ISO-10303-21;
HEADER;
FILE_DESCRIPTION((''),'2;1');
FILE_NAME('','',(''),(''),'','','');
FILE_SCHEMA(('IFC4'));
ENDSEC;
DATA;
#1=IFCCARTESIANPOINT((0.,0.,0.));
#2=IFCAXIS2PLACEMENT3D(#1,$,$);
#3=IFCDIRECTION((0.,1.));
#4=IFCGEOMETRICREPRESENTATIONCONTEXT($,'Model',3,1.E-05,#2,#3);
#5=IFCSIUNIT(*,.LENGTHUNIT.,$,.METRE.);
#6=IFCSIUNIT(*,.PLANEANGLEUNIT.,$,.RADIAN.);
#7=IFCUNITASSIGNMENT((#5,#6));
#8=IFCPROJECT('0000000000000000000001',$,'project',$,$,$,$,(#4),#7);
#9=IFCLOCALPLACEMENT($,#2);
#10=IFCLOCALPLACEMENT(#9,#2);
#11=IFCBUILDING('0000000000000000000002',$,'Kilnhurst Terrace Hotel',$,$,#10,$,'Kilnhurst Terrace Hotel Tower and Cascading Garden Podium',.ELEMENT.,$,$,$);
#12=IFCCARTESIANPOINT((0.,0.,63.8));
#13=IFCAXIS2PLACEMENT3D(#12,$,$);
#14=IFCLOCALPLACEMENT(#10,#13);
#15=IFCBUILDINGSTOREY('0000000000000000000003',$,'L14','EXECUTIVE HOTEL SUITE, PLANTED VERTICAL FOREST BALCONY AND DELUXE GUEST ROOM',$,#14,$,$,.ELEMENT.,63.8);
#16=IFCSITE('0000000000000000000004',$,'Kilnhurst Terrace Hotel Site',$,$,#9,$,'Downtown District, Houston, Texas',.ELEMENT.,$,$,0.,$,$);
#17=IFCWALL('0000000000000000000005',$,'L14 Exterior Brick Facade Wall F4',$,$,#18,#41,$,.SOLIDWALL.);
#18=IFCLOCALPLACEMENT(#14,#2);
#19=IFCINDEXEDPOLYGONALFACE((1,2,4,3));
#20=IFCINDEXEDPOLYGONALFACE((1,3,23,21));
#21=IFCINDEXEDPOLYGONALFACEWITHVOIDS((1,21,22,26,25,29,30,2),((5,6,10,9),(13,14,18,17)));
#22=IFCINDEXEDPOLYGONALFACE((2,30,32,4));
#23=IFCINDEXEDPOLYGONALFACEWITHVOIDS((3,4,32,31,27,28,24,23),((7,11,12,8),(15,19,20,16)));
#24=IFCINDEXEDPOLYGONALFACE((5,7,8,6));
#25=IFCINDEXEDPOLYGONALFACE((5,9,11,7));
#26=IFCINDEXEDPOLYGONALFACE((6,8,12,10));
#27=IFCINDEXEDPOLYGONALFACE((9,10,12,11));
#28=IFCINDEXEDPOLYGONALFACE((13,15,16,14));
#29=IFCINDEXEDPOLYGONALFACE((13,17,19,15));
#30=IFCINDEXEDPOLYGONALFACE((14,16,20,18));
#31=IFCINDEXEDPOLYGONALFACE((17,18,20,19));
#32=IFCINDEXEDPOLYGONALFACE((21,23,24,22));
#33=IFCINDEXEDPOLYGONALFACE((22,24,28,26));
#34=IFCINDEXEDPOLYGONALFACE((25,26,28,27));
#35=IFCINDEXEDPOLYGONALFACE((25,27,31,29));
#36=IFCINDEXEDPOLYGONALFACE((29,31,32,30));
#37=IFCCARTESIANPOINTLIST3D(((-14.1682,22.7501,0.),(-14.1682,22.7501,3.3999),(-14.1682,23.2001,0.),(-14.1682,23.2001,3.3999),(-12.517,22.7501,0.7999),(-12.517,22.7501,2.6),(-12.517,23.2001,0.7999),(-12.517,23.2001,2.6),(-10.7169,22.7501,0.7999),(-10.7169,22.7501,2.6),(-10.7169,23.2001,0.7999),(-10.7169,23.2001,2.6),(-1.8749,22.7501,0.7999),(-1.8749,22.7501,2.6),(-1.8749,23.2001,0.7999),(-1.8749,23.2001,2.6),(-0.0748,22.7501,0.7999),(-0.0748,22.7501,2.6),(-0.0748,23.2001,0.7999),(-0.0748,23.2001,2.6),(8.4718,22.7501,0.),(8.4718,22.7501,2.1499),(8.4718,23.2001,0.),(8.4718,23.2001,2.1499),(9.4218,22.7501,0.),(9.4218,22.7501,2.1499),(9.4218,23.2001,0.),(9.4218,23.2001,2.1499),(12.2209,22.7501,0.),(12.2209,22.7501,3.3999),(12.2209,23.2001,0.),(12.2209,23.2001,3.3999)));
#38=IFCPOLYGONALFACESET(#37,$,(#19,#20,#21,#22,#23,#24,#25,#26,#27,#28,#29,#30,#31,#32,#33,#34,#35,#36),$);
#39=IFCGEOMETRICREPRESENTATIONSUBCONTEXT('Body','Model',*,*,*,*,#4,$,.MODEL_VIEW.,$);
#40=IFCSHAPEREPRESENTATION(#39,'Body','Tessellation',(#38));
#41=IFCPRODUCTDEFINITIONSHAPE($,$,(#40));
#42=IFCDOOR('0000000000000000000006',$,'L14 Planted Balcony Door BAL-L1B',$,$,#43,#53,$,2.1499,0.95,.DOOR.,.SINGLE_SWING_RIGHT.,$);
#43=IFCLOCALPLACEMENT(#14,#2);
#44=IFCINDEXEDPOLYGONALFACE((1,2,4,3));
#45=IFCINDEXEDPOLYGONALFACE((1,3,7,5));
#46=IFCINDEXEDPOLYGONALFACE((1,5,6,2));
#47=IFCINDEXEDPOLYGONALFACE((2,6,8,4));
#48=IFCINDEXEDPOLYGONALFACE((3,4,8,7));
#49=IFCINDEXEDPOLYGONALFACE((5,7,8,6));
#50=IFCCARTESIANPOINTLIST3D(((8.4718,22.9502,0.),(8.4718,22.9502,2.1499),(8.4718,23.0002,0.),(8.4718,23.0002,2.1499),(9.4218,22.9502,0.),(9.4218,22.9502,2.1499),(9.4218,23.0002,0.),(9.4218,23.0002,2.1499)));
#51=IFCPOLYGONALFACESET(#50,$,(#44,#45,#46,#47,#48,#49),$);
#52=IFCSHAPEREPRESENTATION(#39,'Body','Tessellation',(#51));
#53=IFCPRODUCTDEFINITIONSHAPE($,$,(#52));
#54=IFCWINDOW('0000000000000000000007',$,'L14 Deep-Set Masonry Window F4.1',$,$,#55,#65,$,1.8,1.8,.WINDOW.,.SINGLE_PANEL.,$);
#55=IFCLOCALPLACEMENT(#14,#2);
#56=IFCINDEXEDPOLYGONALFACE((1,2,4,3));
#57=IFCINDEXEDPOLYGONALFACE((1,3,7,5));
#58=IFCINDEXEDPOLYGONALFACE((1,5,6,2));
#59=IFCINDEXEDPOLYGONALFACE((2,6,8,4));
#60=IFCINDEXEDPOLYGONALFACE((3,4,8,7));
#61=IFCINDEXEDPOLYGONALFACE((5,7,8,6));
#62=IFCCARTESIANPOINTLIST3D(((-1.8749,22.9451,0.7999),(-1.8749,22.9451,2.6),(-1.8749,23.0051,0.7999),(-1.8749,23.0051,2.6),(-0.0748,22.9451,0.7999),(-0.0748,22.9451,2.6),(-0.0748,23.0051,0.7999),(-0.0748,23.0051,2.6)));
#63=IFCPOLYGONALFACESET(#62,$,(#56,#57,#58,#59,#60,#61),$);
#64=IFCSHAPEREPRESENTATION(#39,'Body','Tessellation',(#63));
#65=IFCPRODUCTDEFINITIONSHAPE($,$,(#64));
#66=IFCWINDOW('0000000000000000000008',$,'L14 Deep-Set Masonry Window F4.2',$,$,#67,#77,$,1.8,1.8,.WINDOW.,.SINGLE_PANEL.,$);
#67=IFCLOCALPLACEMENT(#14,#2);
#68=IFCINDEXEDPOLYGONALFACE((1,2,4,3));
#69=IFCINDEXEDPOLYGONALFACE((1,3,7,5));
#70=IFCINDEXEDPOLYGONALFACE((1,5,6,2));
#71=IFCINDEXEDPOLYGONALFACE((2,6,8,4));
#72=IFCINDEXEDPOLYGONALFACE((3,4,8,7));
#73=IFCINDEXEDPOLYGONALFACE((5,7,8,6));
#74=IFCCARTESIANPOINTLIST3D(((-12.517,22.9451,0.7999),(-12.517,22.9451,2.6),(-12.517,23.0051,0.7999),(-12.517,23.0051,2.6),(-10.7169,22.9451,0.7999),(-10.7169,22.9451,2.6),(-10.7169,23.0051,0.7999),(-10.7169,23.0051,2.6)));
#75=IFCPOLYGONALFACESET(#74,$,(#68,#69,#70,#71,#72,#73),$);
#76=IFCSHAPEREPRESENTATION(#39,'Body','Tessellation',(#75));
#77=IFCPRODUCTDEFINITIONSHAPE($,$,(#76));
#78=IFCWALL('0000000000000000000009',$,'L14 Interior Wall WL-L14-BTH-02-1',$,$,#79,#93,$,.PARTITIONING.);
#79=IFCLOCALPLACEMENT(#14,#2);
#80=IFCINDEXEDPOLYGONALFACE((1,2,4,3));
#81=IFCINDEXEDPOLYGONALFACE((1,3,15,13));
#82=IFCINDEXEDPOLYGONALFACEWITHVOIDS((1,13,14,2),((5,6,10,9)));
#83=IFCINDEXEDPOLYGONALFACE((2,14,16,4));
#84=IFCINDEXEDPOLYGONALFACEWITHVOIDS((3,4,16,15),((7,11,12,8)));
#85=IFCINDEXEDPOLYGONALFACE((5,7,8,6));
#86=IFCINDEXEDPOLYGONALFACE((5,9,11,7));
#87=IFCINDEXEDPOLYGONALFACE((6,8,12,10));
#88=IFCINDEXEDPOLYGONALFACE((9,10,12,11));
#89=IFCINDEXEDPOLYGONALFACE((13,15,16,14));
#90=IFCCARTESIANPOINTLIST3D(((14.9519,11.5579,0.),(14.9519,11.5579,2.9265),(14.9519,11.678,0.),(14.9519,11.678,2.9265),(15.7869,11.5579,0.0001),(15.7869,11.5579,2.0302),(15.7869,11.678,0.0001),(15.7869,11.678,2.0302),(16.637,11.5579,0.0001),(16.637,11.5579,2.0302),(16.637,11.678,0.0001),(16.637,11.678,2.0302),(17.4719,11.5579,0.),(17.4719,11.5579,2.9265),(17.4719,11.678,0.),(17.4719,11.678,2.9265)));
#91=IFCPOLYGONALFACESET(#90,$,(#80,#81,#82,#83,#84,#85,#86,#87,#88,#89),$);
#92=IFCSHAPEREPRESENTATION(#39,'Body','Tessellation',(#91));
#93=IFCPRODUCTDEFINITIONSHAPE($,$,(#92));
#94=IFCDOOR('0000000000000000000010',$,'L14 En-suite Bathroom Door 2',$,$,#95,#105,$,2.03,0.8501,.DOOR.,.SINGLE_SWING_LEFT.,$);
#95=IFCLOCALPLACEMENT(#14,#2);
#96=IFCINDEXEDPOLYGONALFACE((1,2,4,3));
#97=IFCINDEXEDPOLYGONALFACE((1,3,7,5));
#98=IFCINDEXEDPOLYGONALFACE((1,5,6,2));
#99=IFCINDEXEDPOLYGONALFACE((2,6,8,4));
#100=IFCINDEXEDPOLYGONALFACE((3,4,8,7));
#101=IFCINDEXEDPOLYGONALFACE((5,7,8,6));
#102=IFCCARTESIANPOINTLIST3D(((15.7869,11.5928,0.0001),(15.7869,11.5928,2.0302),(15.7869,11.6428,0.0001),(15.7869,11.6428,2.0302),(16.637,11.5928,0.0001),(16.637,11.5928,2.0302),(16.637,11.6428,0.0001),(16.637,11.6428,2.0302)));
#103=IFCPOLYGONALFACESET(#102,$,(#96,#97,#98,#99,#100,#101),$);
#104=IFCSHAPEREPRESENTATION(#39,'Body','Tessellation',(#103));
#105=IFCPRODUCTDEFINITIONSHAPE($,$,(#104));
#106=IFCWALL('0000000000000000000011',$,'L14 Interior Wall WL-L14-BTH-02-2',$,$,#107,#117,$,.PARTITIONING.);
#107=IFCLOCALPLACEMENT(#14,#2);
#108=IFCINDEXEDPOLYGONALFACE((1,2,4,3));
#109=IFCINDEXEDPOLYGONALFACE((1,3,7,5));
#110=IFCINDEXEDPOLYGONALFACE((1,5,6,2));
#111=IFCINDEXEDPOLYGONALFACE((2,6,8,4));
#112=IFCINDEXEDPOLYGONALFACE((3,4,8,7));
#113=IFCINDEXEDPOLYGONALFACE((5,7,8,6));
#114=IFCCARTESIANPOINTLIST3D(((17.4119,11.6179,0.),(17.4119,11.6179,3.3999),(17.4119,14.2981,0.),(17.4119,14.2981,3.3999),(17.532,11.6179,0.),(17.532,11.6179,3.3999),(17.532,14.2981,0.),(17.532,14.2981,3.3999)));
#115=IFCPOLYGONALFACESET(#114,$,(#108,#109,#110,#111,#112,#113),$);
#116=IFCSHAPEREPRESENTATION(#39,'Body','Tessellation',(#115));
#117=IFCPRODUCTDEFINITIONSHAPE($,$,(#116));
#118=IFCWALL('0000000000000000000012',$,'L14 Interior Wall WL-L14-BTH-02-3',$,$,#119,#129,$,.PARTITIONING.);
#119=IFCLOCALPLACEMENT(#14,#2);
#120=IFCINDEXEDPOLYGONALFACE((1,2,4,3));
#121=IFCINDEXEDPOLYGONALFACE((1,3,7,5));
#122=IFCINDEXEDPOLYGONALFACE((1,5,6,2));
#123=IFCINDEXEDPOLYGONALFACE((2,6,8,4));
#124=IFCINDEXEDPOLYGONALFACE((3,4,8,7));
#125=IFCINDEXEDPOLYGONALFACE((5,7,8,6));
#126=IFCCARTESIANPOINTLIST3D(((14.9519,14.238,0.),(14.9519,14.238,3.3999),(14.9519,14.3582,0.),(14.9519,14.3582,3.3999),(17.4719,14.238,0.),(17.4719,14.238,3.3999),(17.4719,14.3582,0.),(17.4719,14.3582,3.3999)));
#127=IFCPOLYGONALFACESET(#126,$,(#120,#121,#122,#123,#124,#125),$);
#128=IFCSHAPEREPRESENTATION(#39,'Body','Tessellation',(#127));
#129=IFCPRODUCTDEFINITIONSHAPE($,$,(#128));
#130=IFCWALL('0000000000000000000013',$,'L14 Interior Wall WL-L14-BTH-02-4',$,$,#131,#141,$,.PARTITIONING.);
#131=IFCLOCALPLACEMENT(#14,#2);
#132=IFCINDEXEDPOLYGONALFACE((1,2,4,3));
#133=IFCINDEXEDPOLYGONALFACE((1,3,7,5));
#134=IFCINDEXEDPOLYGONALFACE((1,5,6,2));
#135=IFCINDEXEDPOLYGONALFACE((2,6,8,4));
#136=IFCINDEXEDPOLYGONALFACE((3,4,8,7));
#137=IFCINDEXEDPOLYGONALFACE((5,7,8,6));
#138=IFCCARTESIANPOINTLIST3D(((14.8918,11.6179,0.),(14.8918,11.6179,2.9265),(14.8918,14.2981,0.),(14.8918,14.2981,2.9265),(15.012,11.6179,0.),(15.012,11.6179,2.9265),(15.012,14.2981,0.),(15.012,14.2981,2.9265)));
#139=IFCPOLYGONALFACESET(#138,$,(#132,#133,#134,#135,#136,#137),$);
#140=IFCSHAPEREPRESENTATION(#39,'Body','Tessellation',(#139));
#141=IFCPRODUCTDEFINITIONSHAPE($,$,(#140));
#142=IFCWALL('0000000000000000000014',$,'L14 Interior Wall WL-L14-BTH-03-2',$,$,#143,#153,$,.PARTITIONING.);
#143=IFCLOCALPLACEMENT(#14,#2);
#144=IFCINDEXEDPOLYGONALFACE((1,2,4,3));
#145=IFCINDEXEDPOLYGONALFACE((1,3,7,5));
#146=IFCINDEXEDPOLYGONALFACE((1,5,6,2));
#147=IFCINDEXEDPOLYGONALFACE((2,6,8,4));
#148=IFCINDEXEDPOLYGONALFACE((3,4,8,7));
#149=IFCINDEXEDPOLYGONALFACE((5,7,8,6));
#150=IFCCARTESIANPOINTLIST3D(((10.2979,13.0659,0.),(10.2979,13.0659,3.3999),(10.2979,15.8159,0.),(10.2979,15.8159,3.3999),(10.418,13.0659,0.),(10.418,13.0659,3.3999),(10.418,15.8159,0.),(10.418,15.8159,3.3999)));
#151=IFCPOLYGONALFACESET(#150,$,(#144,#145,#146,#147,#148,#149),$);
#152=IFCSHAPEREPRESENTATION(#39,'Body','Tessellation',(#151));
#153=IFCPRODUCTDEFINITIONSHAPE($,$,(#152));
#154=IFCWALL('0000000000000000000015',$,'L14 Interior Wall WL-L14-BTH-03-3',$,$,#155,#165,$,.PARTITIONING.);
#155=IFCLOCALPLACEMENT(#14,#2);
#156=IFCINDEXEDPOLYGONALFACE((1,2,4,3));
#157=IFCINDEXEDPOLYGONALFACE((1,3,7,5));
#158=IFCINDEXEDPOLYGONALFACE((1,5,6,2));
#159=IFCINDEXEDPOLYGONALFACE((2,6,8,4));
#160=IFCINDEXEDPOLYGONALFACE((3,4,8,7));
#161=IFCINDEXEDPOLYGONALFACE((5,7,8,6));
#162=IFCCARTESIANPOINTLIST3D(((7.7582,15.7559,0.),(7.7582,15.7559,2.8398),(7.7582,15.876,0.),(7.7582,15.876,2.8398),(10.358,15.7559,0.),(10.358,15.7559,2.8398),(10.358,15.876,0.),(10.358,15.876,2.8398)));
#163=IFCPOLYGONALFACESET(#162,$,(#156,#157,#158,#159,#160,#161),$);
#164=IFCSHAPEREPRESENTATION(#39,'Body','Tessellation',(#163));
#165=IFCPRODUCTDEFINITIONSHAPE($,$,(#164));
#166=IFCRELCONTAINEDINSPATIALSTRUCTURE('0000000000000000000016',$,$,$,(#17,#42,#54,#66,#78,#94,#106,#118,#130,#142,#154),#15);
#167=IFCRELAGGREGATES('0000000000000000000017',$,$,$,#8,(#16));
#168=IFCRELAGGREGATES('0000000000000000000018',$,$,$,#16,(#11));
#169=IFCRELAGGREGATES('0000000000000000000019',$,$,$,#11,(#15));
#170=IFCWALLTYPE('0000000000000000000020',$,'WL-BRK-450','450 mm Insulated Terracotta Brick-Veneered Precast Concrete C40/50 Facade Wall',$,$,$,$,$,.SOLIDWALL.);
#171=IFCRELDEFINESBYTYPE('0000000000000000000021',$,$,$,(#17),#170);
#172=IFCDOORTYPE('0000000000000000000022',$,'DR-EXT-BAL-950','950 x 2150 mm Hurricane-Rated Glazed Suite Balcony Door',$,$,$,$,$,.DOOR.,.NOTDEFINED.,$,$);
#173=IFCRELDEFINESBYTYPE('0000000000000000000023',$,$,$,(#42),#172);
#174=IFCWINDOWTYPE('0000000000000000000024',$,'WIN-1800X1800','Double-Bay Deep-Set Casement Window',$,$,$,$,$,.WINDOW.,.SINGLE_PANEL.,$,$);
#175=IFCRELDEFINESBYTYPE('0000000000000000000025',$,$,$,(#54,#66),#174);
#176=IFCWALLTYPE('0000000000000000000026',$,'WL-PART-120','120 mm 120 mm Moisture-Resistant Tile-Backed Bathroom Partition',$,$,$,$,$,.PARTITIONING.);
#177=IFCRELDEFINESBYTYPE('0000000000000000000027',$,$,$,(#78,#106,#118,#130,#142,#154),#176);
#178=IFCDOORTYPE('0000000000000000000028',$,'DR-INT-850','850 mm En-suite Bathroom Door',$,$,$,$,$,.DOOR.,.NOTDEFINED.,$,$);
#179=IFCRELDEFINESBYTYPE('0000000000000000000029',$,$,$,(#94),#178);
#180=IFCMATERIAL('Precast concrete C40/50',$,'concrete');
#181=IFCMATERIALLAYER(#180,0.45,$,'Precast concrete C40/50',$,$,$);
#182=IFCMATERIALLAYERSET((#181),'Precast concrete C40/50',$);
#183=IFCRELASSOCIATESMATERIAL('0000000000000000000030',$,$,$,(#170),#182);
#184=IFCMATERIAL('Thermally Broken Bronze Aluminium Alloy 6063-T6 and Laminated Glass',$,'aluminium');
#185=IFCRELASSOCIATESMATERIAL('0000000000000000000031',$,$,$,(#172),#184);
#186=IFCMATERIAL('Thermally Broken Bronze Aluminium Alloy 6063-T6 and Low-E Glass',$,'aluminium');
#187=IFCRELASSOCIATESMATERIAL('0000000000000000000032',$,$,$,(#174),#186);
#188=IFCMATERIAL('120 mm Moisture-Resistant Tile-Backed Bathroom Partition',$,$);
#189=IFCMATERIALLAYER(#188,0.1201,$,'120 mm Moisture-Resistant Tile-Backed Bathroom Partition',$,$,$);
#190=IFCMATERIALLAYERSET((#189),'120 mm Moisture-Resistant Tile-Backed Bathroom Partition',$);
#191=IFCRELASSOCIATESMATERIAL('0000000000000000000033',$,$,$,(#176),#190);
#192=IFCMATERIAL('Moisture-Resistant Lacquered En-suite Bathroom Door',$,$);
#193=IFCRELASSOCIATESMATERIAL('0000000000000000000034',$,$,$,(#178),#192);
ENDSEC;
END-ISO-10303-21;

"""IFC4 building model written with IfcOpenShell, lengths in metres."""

from ifc_helpers import new_model, si_unit, direction, frame, frame_2d, origin, place, context, subcontext, project, spatial, rectangle, extrude, material, layer, layer_set, type_object, element, fill, save


model = new_model("IFC4")

# Units and contexts
model_context = context("Model", 3, precision=1e-05, world=origin(), true_north=direction((0.0, 1.0)))
body_context = subcontext(model_context, "Body", "Model", "MODEL_VIEW")
ifc_project = project(units=[si_unit("LENGTHUNIT", "METRE"), si_unit("PLANEANGLEUNIT", "RADIAN")], contexts=[model_context])

# Site, building, storey
site_placement = place(None, origin())
site = spatial("IfcSite", under=ifc_project, at=site_placement, Name="Kilnhurst Terrace Hotel Site", LongName="Downtown District, Houston, Texas", CompositionType="ELEMENT", RefElevation=0.0)
building_placement = place(site_placement, origin())
building = spatial("IfcBuilding", under=site, at=building_placement, Name="Kilnhurst Terrace Hotel", LongName="Kilnhurst Terrace Hotel Tower and Cascading Garden Podium", CompositionType="ELEMENT")
storey_placement = place(building_placement, frame((0.0, 0.0, 63.8)))
storey = spatial("IfcBuildingStorey", under=building, at=storey_placement, Name="L14", Description="EXECUTIVE HOTEL SUITE, PLANTED VERTICAL FOREST BALCONY AND DELUXE GUEST ROOM", CompositionType="ELEMENT", Elevation=63.8)

# Shared definitions
ifc_material_1 = material(Name="Precast concrete C40/50", Category="concrete")
ifc_layer_1 = layer(ifc_material_1, 0.45, Name="Precast concrete C40/50")
ifc_layer_set_1 = layer_set([ifc_layer_1], Name="Precast concrete C40/50")
wall_type_1 = type_object("IfcWallType", Name="WL-BRK-450", Description="450 mm Insulated Terracotta Brick-Veneered Precast Concrete C40/50 Facade Wall", PredefinedType="SOLIDWALL", material=ifc_layer_set_1)

# Wall, openings, door, windows
wall_1_placement = place(storey_placement, frame((12.2209, 22.9751, 0.0), z_axis=(0.0, 0.0, 1.0), x_axis=(-1.0, 0.0, 0.0)))
wall_1 = element("IfcWall", 1, at=wall_1_placement, inside=storey, type_object=wall_type_1, Name="L14 Exterior Brick Facade Wall F4", PredefinedType="SOLIDWALL", context=body_context, shape_type="SweptSolid", body=[
    extrude(rectangle(XDim=26.3892, YDim=0.45, at=frame_2d((13.1946, 0.0))), origin(), (0.0, 0.0, 1.0), 3.3999),
])
opening_1_placement = place(wall_1_placement, frame((2.7991, 0.0, 0.0)))
opening_1 = element("IfcOpeningElement", 2, at=opening_1_placement, cuts=wall_1, PredefinedType="OPENING", context=body_context, shape_type="SweptSolid", body=[
    extrude(rectangle(XDim=0.95, YDim=2.1499, at=frame_2d((0.4751, 1.075))), frame((0.0, 0.2349, 0.0), z_axis=(0.0, -1.0, 0.0), x_axis=(1.0, 0.0, 0.0)), (0.0, 0.0, 1.0), 0.47),
])
opening_2_placement = place(wall_1_placement, frame((12.2959, 0.0, 0.8)))
opening_2 = element("IfcOpeningElement", 3, at=opening_2_placement, cuts=wall_1, PredefinedType="OPENING", context=body_context, shape_type="SweptSolid", body=[
    extrude(rectangle(XDim=1.8, YDim=1.8, at=frame_2d((0.8999, 0.8999))), frame((0.0, 0.2349, 0.0), z_axis=(0.0, -1.0, 0.0), x_axis=(1.0, 0.0, 0.0)), (0.0, 0.0, 1.0), 0.47),
])
opening_3_placement = place(wall_1_placement, frame((22.938, 0.0, 0.8)))
opening_3 = element("IfcOpeningElement", 4, at=opening_3_placement, cuts=wall_1, PredefinedType="OPENING", context=body_context, shape_type="SweptSolid", body=[
    extrude(rectangle(XDim=1.8, YDim=1.8, at=frame_2d((0.8999, 0.8999))), frame((0.0, 0.2349, 0.0), z_axis=(0.0, -1.0, 0.0), x_axis=(1.0, 0.0, 0.0)), (0.0, 0.0, 1.0), 0.47),
])
ifc_material_2 = material(Name="Thermally Broken Bronze Aluminium Alloy 6063-T6 and Laminated Glass", Category="aluminium")
door_type_1 = type_object("IfcDoorType", Name="DR-EXT-BAL-950", Description="950 x 2150 mm Hurricane-Rated Glazed Suite Balcony Door", OperationType="NOTDEFINED", PredefinedType="DOOR", material=ifc_material_2)
door_1_placement = place(opening_1_placement, origin())
door_1 = element("IfcDoor", 5, at=door_1_placement, inside=storey, type_object=door_type_1, Name="L14 Planted Balcony Door BAL-L1B", OperationType="SINGLE_SWING_RIGHT", OverallHeight=2.1499, OverallWidth=0.95, PredefinedType="DOOR", context=body_context, shape_type="SweptSolid", body=[
    extrude(rectangle(XDim=0.95, YDim=2.1499, at=frame_2d((0.4751, 1.075))), frame((0.0, 0.0249, 0.0), z_axis=(0.0, -1.0, 0.0), x_axis=(1.0, 0.0, 0.0)), (0.0, 0.0, 1.0), 0.05),
])
fill(opening_1, door_1)
ifc_material_3 = material(Name="Thermally Broken Bronze Aluminium Alloy 6063-T6 and Low-E Glass", Category="aluminium")
window_type = type_object("IfcWindowType", Name="WIN-1800X1800", Description="Double-Bay Deep-Set Casement Window", PartitioningType="SINGLE_PANEL", PredefinedType="WINDOW", material=ifc_material_3)
window_1_placement = place(opening_2_placement, origin())
window_1 = element("IfcWindow", 6, at=window_1_placement, inside=storey, type_object=window_type, Name="L14 Deep-Set Masonry Window F4.1", OverallHeight=1.8, OverallWidth=1.8, PartitioningType="SINGLE_PANEL", PredefinedType="WINDOW", context=body_context, shape_type="SweptSolid", body=[
    extrude(rectangle(XDim=1.8, YDim=1.8, at=frame_2d((0.8999, 0.8999))), frame((0.0, 0.03, 0.0), z_axis=(0.0, -1.0, 0.0), x_axis=(1.0, 0.0, 0.0)), (0.0, 0.0, 1.0), 0.0601),
])
fill(opening_2, window_1)
window_2_placement = place(opening_3_placement, origin())
window_2 = element("IfcWindow", 7, at=window_2_placement, inside=storey, type_object=window_type, Name="L14 Deep-Set Masonry Window F4.2", OverallHeight=1.8, OverallWidth=1.8, PartitioningType="SINGLE_PANEL", PredefinedType="WINDOW", context=body_context, shape_type="SweptSolid", body=[
    extrude(rectangle(XDim=1.8, YDim=1.8, at=frame_2d((0.8999, 0.8999))), frame((0.0, 0.03, 0.0), z_axis=(0.0, -1.0, 0.0), x_axis=(1.0, 0.0, 0.0)), (0.0, 0.0, 1.0), 0.0601),
])
fill(opening_3, window_2)

# Wall, opening, door
ifc_material_4 = material(Name="120 mm Moisture-Resistant Tile-Backed Bathroom Partition")
ifc_layer_2 = layer(ifc_material_4, 0.1201, Name="120 mm Moisture-Resistant Tile-Backed Bathroom Partition")
ifc_layer_set_2 = layer_set([ifc_layer_2], Name="120 mm Moisture-Resistant Tile-Backed Bathroom Partition")
wall_type_2 = type_object("IfcWallType", Name="WL-PART-120", Description="120 mm 120 mm Moisture-Resistant Tile-Backed Bathroom Partition", PredefinedType="PARTITIONING", material=ifc_layer_set_2)
wall_2_placement = place(storey_placement, frame((14.9519, 11.6179, 0.0), z_axis=(0.0, 0.0, 1.0), x_axis=(1.0, 0.0, 0.0)))
wall_2 = element("IfcWall", 8, at=wall_2_placement, inside=storey, type_object=wall_type_2, Name="L14 Interior Wall WL-L14-BTH-02-1", PredefinedType="PARTITIONING", context=body_context, shape_type="SweptSolid", body=[
    extrude(rectangle(XDim=2.52, YDim=0.1201, at=frame_2d((1.26, 0.0))), origin(), (0.0, 0.0, 1.0), 2.9265),
])
opening_4_placement = place(wall_2_placement, frame((0.835, 0.0, 0.0)))
opening_4 = element("IfcOpeningElement", 9, at=opening_4_placement, cuts=wall_2, PredefinedType="OPENING", context=body_context, shape_type="SweptSolid", body=[
    extrude(rectangle(XDim=0.8501, YDim=2.03, at=frame_2d((0.425, 1.0151))), frame((0.0, 0.0701, 0.0), z_axis=(0.0, -1.0, 0.0), x_axis=(1.0, 0.0, 0.0)), (0.0, 0.0, 1.0), 0.1401),
])
ifc_material_5 = material(Name="Moisture-Resistant Lacquered En-suite Bathroom Door")
door_type_2 = type_object("IfcDoorType", Name="DR-INT-850", Description="850 mm En-suite Bathroom Door", OperationType="NOTDEFINED", PredefinedType="DOOR", material=ifc_material_5)
door_2_placement = place(opening_4_placement, origin())
door_2 = element("IfcDoor", 10, at=door_2_placement, inside=storey, type_object=door_type_2, Name="L14 En-suite Bathroom Door 2", OperationType="SINGLE_SWING_LEFT", OverallHeight=2.03, OverallWidth=0.8501, PredefinedType="DOOR", context=body_context, shape_type="SweptSolid", body=[
    extrude(rectangle(XDim=0.8501, YDim=2.03, at=frame_2d((0.425, 1.0151))), frame((0.0, 0.0249, 0.0), z_axis=(0.0, -1.0, 0.0), x_axis=(1.0, 0.0, 0.0)), (0.0, 0.0, 1.0), 0.05),
])
fill(opening_4, door_2)

# Walls
wall_3_placement = place(storey_placement, frame((17.4719, 11.6179, 0.0), z_axis=(0.0, 0.0, 1.0), x_axis=(0.0, 1.0, 0.0)))
element("IfcWall", 11, at=wall_3_placement, inside=storey, type_object=wall_type_2, Name="L14 Interior Wall WL-L14-BTH-02-2", PredefinedType="PARTITIONING", context=body_context, shape_type="SweptSolid", body=[
    extrude(rectangle(XDim=2.6802, YDim=0.1201, at=frame_2d((1.3401, 0.0))), origin(), (0.0, 0.0, 1.0), 3.3999),
])
wall_4_placement = place(storey_placement, frame((17.4719, 14.2981, 0.0), z_axis=(0.0, 0.0, 1.0), x_axis=(-1.0, 0.0, 0.0)))
element("IfcWall", 12, at=wall_4_placement, inside=storey, type_object=wall_type_2, Name="L14 Interior Wall WL-L14-BTH-02-3", PredefinedType="PARTITIONING", context=body_context, shape_type="SweptSolid", body=[
    extrude(rectangle(XDim=2.52, YDim=0.1201, at=frame_2d((1.26, 0.0))), origin(), (0.0, 0.0, 1.0), 3.3999),
])
wall_5_placement = place(storey_placement, frame((14.9519, 14.2981, 0.0), z_axis=(0.0, 0.0, 1.0), x_axis=(0.0, -1.0, 0.0)))
element("IfcWall", 13, at=wall_5_placement, inside=storey, type_object=wall_type_2, Name="L14 Interior Wall WL-L14-BTH-02-4", PredefinedType="PARTITIONING", context=body_context, shape_type="SweptSolid", body=[
    extrude(rectangle(XDim=2.6802, YDim=0.1201, at=frame_2d((1.3401, 0.0))), origin(), (0.0, 0.0, 1.0), 2.9265),
])
wall_6_placement = place(storey_placement, frame((10.3579, 13.0659, 0.0), z_axis=(0.0, 0.0, 1.0), x_axis=(0.0, 1.0, 0.0)))
element("IfcWall", 14, at=wall_6_placement, inside=storey, type_object=wall_type_2, Name="L14 Interior Wall WL-L14-BTH-03-2", PredefinedType="PARTITIONING", context=body_context, shape_type="SweptSolid", body=[
    extrude(rectangle(XDim=2.75, YDim=0.1201, at=frame_2d((1.375, 0.0))), origin(), (0.0, 0.0, 1.0), 3.3999),
])
wall_7_placement = place(storey_placement, frame((10.3579, 15.8159, 0.0), z_axis=(0.0, 0.0, 1.0), x_axis=(-1.0, 0.0, 0.0)))
element("IfcWall", 15, at=wall_7_placement, inside=storey, type_object=wall_type_2, Name="L14 Interior Wall WL-L14-BTH-03-3", PredefinedType="PARTITIONING", context=body_context, shape_type="SweptSolid", body=[
    extrude(rectangle(XDim=2.5999, YDim=0.1201, at=frame_2d((1.2998, 0.0))), origin(), (0.0, 0.0, 1.0), 2.8398),
])

save(model, "model.ifc")
